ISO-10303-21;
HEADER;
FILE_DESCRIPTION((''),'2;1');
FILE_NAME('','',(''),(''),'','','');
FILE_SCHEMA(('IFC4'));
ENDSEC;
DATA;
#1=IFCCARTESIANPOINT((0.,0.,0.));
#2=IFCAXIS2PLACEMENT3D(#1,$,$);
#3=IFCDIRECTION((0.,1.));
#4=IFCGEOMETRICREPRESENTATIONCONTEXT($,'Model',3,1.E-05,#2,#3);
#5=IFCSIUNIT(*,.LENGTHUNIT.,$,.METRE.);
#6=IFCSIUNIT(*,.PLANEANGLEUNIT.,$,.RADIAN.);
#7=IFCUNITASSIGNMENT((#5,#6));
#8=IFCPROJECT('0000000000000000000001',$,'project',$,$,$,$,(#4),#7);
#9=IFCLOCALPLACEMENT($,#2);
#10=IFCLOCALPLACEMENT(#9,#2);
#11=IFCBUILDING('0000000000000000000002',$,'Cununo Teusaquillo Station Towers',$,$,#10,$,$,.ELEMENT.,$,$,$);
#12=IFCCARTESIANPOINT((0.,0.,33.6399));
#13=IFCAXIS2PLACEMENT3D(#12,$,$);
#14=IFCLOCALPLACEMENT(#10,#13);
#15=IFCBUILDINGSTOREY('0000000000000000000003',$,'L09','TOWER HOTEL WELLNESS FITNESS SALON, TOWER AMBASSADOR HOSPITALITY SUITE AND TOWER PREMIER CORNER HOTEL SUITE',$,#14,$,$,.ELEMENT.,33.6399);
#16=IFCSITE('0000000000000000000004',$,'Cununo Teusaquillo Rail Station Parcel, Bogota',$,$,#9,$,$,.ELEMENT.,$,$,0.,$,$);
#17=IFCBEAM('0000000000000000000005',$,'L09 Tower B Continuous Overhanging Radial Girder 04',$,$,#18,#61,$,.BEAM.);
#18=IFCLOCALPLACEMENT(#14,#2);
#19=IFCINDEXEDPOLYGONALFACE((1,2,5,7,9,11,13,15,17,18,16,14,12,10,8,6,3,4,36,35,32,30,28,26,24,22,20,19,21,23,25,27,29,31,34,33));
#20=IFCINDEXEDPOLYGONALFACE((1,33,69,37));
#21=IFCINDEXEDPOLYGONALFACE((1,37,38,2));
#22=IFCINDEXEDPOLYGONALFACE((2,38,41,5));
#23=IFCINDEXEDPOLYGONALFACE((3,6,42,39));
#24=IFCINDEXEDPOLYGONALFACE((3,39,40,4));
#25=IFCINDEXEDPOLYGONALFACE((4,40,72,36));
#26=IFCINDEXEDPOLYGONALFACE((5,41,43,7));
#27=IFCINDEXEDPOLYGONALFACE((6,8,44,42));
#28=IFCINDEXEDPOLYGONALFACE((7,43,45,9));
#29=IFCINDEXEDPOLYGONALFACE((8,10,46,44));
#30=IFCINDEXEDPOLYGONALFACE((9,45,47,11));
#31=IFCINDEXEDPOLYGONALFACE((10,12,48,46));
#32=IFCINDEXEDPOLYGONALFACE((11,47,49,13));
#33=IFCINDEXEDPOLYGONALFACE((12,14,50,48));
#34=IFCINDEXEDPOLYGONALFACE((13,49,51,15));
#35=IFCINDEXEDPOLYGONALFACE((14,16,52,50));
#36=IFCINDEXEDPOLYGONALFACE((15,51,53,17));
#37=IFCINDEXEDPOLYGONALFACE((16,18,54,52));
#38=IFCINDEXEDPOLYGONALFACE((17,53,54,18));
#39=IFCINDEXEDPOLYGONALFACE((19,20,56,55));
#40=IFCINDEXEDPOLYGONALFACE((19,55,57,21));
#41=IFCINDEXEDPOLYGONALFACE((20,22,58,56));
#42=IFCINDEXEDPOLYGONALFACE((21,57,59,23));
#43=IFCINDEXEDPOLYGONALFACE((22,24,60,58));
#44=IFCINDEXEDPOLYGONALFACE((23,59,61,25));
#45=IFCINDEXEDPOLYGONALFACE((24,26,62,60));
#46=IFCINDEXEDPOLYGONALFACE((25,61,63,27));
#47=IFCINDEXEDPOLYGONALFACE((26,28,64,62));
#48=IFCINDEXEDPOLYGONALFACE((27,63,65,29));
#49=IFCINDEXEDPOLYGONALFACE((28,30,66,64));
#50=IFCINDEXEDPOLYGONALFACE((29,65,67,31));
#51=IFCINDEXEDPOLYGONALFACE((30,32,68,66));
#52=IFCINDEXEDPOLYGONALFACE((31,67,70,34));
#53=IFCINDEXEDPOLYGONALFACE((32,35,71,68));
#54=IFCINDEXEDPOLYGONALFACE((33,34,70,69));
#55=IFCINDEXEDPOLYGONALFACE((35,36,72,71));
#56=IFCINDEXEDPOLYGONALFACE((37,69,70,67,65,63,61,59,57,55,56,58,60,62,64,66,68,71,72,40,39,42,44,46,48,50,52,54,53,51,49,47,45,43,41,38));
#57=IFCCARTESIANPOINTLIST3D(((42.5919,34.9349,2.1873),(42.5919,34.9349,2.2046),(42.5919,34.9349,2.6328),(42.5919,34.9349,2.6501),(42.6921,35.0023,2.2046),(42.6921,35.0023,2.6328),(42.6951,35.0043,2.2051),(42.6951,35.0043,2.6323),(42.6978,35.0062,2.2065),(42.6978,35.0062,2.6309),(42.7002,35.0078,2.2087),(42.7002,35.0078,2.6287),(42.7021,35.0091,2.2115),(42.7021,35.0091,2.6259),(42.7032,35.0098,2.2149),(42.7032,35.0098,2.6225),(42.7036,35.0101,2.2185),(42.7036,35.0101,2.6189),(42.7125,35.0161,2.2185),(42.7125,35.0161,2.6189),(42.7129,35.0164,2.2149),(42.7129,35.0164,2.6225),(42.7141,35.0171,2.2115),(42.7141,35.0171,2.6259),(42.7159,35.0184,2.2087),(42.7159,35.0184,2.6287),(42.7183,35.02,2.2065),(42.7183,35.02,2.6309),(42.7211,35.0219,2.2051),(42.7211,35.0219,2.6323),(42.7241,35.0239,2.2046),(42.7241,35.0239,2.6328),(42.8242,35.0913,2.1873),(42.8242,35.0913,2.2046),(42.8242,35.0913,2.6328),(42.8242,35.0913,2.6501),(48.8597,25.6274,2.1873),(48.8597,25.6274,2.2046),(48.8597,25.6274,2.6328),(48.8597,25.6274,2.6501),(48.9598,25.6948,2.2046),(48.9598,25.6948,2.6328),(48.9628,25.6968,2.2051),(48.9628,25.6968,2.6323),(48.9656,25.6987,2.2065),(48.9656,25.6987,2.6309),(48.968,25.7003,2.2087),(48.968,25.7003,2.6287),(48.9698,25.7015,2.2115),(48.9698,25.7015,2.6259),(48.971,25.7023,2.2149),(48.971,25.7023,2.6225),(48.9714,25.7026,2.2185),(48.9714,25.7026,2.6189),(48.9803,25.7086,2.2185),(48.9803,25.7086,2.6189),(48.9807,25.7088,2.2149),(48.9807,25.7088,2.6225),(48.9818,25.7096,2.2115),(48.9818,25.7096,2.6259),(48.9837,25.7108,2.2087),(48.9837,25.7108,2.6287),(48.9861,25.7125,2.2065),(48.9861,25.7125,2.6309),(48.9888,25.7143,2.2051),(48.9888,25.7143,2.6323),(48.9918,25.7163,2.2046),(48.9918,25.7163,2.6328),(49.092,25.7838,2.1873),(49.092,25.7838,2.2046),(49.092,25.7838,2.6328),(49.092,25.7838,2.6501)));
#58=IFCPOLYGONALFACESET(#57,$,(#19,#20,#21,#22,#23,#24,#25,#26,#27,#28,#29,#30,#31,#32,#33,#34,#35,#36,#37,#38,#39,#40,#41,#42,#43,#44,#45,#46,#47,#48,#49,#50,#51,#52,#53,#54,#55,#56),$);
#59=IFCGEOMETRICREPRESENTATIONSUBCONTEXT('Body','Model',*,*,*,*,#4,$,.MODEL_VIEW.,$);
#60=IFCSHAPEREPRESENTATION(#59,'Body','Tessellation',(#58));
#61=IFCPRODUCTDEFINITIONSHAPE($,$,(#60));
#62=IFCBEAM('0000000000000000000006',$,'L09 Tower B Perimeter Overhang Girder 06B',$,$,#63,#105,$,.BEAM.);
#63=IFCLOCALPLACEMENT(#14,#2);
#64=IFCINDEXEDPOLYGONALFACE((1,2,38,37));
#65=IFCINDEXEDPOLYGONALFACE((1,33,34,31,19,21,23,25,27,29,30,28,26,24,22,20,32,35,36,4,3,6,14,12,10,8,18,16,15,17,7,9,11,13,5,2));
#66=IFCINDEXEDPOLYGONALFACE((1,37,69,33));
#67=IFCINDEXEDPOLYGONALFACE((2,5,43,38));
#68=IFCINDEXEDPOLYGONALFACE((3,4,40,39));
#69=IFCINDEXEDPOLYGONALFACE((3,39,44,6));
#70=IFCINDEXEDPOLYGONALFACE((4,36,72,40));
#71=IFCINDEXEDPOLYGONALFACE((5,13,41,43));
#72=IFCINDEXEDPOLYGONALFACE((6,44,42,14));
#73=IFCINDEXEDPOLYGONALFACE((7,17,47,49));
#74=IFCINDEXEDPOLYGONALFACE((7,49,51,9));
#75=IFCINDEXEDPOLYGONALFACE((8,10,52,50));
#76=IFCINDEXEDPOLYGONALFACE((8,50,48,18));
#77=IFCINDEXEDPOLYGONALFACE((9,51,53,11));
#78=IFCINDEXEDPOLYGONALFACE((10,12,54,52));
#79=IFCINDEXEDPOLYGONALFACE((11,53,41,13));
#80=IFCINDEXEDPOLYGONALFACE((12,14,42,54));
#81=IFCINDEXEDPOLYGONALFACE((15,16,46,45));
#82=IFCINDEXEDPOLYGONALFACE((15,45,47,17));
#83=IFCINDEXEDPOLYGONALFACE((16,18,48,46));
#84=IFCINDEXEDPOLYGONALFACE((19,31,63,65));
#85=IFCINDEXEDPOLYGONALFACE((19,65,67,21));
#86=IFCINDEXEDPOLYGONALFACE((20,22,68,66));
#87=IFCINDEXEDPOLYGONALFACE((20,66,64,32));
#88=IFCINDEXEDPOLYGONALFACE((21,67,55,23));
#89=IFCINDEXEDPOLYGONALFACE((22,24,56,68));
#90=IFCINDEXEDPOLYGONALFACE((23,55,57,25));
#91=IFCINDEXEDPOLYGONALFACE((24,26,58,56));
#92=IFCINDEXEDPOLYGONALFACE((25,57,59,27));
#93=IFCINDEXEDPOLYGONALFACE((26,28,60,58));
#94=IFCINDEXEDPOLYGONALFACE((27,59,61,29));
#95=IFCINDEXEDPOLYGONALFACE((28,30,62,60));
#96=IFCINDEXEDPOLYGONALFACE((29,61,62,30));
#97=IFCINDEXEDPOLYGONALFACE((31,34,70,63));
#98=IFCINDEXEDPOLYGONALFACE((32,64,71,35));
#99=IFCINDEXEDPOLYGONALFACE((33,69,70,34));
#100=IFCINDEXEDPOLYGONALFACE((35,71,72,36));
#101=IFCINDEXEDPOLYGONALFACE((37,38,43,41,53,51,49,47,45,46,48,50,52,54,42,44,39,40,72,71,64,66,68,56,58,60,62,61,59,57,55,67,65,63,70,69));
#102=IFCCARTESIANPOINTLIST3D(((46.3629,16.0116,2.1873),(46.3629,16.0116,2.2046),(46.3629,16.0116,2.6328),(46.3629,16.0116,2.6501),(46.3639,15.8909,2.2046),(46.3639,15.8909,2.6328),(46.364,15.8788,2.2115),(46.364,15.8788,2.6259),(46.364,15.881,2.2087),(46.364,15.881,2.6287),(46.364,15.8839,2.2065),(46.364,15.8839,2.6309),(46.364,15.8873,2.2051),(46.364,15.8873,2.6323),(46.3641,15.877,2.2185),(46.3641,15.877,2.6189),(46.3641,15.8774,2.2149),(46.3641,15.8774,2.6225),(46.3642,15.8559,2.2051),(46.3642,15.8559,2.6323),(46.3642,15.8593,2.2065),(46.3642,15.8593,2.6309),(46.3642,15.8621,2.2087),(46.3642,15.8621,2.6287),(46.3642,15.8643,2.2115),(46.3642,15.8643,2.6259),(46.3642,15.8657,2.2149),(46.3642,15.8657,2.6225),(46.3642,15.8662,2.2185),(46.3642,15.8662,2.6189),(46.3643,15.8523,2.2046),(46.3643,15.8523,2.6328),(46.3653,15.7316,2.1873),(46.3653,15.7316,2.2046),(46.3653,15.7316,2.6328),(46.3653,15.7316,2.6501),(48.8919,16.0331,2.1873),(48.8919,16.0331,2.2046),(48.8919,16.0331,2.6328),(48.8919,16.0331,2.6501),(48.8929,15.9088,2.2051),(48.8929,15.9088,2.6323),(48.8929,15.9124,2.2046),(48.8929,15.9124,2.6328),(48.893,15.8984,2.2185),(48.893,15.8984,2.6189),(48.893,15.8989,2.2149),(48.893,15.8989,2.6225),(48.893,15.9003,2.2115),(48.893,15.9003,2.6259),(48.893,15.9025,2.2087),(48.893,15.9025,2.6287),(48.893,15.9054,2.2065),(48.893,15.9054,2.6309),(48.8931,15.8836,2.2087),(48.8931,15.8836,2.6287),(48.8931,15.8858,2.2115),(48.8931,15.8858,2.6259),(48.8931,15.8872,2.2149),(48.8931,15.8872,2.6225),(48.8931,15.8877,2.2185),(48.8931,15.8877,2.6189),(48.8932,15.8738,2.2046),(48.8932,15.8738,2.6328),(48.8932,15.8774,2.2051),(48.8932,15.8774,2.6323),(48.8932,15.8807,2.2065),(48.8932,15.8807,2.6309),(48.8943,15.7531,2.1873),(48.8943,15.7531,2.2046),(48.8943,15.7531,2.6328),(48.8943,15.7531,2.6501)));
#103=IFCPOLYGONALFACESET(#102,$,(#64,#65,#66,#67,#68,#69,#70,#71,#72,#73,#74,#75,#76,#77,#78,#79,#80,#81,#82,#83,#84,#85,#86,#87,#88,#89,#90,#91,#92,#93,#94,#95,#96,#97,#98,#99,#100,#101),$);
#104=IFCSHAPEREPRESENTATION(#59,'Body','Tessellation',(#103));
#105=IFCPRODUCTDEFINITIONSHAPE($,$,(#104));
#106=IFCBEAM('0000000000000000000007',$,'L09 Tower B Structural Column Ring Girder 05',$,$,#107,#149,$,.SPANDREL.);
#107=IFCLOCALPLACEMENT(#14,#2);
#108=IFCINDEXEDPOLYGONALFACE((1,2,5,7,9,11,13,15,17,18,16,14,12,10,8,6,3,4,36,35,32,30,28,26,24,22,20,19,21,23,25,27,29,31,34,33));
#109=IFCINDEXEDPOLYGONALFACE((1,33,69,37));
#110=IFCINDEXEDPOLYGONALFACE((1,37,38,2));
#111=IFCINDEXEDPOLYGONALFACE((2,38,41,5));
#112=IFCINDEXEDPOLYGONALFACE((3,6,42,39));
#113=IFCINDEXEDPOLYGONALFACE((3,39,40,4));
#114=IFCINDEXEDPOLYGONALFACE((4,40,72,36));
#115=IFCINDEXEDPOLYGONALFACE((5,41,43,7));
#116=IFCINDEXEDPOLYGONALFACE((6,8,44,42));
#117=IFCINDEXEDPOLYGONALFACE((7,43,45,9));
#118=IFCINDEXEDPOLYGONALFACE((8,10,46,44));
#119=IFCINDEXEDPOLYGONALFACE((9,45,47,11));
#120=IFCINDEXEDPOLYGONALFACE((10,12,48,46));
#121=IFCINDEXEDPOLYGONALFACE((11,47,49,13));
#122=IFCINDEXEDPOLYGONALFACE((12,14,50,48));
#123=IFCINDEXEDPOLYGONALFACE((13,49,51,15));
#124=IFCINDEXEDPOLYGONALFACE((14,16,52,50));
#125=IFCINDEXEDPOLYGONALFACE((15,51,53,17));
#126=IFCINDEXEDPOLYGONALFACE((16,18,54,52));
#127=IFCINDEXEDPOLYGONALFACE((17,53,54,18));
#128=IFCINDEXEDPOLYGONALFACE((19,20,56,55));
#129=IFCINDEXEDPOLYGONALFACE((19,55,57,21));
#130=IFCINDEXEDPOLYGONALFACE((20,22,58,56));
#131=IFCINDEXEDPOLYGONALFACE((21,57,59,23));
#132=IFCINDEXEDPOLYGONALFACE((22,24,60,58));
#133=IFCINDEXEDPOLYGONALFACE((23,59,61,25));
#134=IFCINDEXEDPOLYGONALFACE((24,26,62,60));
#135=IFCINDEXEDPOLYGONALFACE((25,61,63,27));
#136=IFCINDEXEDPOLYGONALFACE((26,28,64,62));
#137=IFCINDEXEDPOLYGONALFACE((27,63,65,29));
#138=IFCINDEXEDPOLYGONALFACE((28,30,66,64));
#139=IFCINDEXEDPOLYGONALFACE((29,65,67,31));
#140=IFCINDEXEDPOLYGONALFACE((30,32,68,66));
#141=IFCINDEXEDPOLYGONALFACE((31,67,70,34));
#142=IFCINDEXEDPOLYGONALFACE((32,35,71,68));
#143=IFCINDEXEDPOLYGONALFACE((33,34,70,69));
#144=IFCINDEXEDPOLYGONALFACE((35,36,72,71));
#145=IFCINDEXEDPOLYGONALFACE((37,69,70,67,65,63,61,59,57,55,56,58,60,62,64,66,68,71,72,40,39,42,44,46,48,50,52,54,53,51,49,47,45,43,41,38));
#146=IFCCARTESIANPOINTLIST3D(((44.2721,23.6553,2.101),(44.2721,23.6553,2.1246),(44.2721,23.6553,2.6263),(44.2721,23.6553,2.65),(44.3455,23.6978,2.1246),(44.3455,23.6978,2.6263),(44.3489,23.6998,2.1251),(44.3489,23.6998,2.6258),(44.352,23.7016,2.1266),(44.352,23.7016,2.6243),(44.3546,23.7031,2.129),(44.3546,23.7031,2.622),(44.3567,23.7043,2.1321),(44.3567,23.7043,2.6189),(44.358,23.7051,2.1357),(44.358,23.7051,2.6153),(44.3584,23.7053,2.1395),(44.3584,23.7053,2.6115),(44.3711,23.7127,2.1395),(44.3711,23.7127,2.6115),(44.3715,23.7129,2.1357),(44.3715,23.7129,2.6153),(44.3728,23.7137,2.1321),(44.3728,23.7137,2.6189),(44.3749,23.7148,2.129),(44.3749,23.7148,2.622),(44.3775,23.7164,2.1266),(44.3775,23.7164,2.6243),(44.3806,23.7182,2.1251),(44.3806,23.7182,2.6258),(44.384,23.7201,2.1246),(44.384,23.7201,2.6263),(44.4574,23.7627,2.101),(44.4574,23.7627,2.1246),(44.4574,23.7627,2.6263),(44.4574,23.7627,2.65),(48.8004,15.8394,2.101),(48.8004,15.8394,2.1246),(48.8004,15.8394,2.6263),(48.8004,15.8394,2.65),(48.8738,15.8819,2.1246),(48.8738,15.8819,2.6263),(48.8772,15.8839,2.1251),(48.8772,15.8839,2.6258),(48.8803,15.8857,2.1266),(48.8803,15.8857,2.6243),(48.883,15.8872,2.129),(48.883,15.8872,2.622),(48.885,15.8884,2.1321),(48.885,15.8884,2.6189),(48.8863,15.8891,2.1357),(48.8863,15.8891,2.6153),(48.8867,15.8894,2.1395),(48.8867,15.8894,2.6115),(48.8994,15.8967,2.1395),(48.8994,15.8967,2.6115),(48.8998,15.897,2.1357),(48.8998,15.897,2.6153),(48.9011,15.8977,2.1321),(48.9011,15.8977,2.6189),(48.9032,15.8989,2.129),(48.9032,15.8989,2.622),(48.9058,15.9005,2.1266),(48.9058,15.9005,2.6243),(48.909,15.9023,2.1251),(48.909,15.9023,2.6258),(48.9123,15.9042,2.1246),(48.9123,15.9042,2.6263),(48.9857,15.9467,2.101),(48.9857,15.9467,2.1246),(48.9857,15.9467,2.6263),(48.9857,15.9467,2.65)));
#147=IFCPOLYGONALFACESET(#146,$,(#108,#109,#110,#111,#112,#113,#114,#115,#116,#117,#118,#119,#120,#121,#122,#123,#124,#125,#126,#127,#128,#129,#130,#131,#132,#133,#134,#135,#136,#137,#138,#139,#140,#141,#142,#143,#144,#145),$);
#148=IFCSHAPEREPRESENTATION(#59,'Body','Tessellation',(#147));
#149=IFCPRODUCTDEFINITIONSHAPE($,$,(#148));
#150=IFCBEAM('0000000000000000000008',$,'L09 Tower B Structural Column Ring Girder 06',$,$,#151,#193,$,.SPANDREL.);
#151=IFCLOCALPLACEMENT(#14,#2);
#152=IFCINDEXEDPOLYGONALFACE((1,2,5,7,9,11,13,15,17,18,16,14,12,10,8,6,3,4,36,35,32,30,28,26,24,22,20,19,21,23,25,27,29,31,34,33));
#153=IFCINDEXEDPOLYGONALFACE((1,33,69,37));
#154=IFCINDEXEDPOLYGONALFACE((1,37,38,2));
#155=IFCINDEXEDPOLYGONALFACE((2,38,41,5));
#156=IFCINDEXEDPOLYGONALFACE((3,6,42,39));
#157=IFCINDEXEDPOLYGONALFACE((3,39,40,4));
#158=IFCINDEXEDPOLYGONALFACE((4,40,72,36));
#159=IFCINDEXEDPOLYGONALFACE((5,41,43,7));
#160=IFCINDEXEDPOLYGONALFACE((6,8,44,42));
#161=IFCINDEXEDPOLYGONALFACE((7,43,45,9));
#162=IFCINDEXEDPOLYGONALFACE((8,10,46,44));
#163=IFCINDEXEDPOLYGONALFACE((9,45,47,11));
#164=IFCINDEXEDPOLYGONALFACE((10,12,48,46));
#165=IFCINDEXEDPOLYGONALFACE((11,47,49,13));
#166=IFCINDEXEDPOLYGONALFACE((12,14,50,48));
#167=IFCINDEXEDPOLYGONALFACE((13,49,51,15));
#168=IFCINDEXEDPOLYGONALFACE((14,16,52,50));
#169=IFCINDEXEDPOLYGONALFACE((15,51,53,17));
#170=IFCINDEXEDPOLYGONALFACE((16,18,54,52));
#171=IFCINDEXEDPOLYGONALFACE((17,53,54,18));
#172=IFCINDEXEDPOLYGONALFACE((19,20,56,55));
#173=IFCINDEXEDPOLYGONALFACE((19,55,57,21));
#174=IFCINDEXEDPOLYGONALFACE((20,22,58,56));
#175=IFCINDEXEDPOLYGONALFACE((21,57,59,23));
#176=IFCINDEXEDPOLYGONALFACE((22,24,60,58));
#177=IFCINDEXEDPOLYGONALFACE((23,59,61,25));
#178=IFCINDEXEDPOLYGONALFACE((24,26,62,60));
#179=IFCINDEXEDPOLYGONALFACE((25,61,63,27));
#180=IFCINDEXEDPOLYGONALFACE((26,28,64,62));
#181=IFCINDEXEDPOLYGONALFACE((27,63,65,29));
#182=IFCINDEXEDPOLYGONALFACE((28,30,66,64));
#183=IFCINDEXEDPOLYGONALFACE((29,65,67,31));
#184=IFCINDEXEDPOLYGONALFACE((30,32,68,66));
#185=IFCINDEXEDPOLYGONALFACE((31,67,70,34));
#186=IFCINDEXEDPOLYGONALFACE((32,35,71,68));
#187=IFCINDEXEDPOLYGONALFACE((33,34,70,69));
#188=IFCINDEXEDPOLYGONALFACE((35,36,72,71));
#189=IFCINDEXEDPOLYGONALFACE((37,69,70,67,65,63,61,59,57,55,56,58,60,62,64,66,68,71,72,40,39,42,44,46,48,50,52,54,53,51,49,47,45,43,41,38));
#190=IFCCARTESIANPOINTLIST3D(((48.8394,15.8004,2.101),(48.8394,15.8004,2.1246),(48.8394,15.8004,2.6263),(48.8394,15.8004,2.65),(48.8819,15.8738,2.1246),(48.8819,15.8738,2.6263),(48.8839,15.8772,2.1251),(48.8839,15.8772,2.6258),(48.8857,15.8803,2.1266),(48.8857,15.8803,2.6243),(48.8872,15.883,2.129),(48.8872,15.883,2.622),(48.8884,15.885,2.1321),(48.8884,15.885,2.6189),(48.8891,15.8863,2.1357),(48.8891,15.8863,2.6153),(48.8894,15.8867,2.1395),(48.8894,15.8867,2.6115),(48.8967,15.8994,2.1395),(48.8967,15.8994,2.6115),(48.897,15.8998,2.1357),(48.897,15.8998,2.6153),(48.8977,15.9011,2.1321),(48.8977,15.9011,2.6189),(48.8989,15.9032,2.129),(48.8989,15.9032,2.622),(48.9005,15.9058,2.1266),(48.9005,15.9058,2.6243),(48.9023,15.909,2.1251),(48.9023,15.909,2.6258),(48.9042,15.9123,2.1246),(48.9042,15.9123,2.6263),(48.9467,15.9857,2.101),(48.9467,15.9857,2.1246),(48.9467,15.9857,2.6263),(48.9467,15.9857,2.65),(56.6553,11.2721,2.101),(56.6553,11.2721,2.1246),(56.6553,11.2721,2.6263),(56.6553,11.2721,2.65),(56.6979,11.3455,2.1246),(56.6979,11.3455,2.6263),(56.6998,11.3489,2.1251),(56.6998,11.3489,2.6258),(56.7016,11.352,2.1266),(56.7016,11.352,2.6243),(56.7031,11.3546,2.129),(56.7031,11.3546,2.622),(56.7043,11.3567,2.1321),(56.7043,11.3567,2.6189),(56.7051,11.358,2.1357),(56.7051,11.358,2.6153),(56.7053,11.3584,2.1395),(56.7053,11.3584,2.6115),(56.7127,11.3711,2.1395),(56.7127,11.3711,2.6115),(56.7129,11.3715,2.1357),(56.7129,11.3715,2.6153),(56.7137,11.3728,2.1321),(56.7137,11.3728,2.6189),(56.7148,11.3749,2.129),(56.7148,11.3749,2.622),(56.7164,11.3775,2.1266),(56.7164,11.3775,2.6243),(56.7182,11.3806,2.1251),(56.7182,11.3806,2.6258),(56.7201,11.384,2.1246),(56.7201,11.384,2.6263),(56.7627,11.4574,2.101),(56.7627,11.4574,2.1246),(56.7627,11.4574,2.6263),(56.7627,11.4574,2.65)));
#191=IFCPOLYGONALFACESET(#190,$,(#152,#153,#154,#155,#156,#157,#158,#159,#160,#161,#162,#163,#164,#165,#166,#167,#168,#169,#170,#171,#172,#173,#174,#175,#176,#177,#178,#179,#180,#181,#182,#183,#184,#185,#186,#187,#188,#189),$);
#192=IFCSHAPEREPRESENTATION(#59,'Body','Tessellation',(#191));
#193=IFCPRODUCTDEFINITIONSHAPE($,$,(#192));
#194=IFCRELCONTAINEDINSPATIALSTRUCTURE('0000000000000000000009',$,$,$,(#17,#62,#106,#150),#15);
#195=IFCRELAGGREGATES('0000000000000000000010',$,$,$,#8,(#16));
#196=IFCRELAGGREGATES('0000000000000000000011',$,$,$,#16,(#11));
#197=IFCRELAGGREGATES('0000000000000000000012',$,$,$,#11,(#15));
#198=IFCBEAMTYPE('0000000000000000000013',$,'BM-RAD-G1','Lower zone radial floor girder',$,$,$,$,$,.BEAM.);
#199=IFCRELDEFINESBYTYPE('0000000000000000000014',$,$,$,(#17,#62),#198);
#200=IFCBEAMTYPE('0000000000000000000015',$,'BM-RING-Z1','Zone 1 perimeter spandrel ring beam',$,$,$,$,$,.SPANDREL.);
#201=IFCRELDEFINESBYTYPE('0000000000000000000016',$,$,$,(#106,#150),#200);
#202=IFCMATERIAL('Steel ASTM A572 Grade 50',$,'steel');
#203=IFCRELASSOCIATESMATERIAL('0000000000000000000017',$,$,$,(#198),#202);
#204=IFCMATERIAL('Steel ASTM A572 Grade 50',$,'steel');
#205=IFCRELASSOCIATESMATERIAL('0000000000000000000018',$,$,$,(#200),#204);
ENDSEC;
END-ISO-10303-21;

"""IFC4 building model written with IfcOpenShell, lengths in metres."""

from ifc_helpers import new_model, si_unit, direction, frame, origin, origin_2d, place, context, subcontext, project, spatial, i_section, extrude, material, material_profile, profile_set, type_object, element, save


model = new_model("IFC4")

# Units and contexts
model_context = context("Model", 3, precision=1e-05, world=origin(), true_north=direction((0.0, 1.0)))
body_context = subcontext(model_context, "Body", "Model", "MODEL_VIEW")
ifc_project = project(units=[si_unit("LENGTHUNIT", "METRE"), si_unit("PLANEANGLEUNIT", "RADIAN")], contexts=[model_context])

# Site, building, storey
site_placement = place(None, origin())
site = spatial("IfcSite", under=ifc_project, at=site_placement, Name="Cununo Teusaquillo Rail Station Parcel, Bogota", CompositionType="ELEMENT", RefElevation=0.0)
building_placement = place(site_placement, origin())
building = spatial("IfcBuilding", under=site, at=building_placement, Name="Cununo Teusaquillo Station Towers", CompositionType="ELEMENT")
storey_placement = place(building_placement, frame((0.0, 0.0, 33.6399)))
storey = spatial("IfcBuildingStorey", under=building, at=storey_placement, Name="L09", Description="TOWER HOTEL WELLNESS FITNESS SALON, TOWER AMBASSADOR HOSPITALITY SUITE AND TOWER PREMIER CORNER HOTEL SUITE", CompositionType="ELEMENT", Elevation=33.6399)

# Beams
ifc_material_1 = material(Name="Steel ASTM A572 Grade 50", Category="steel")
ifc_material_profile_1 = material_profile(ifc_material_1, i_section(OverallWidth=0.28, OverallDepth=0.4629, WebThickness=0.0107, FlangeThickness=0.0173, FilletRadius=0.0139, at=origin_2d()), Name="W18X76")
ifc_profile_set_1 = profile_set([ifc_material_profile_1], Name="Steel ASTM A572 Grade 50")
beam_type_1 = type_object("IfcBeamType", Name="BM-RAD-G1", Description="Lower zone radial floor girder", PredefinedType="BEAM", material=ifc_profile_set_1)
beam_1_placement = place(storey_placement, frame((48.9758, 25.7056, 2.4187), z_axis=(-0.558565, 0.829461, 0.0), x_axis=(-0.829461, -0.558565, 0.0)))
element("IfcBeam", 1, at=beam_1_placement, inside=storey, type_object=beam_type_1, Name="L09 Tower B Continuous Overhanging Radial Girder 04", PredefinedType="BEAM", context=body_context, shape_type="SweptSolid", body=[
    extrude(i_section(OverallWidth=0.28, OverallDepth=0.4629, WebThickness=0.0107, FlangeThickness=0.0173, FilletRadius=0.0139, at=origin_2d()), origin(), (0.0, 0.0, 1.0), 11.2212),
])
beam_2_placement = place(storey_placement, frame((48.8931, 15.8931, 2.4187), z_axis=(-0.999964, -0.008495, 0.0), x_axis=(0.008495, -0.999964, 0.0)))
element("IfcBeam", 2, at=beam_2_placement, inside=storey, type_object=beam_type_1, Name="L09 Tower B Perimeter Overhang Girder 06B", PredefinedType="BEAM", context=body_context, shape_type="SweptSolid", body=[
    extrude(i_section(OverallWidth=0.28, OverallDepth=0.4629, WebThickness=0.0107, FlangeThickness=0.0173, FilletRadius=0.0139, at=origin_2d()), origin(), (0.0, 0.0, 1.0), 2.5291),
])
ifc_material_2 = material(Name="Steel ASTM A572 Grade 50", Category="steel")
ifc_material_profile_2 = material_profile(ifc_material_2, i_section(OverallWidth=0.2141, OverallDepth=0.5491, WebThickness=0.0146, FlangeThickness=0.0237, FilletRadius=0.0149, at=origin_2d()), Name="W21X93")
ifc_profile_set_2 = profile_set([ifc_material_profile_2], Name="Steel ASTM A572 Grade 50")
beam_type_2 = type_object("IfcBeamType", Name="BM-RING-Z1", Description="Zone 1 perimeter spandrel ring beam", PredefinedType="SPANDREL", material=ifc_profile_set_2)
for number, where, z_axis, x_axis, name in (
    (3, (44.3647, 23.709, 2.3755), (0.501311, -0.865267, 0.0), (0.865267, 0.501311, 0.0), "L09 Tower B Structural Column Ring Girder 05"),
    (4, (48.8931, 15.8931, 2.3755), (0.865267, -0.501311, 0.0), (0.501311, 0.865267, 0.0), "L09 Tower B Structural Column Ring Girder 06"),
):
    element("IfcBeam", number, at=place(storey_placement, frame(where, z_axis=z_axis, x_axis=x_axis)), inside=storey, type_object=beam_type_2, Name=name, PredefinedType="SPANDREL", context=body_context, shape_type="SweptSolid", body=[
        extrude(i_section(OverallWidth=0.2141, OverallDepth=0.5491, WebThickness=0.0146, FlangeThickness=0.0237, FilletRadius=0.0149, at=origin_2d()), origin(), (0.0, 0.0, 1.0), 9.033),
    ])

save(model, "model.ifc")
